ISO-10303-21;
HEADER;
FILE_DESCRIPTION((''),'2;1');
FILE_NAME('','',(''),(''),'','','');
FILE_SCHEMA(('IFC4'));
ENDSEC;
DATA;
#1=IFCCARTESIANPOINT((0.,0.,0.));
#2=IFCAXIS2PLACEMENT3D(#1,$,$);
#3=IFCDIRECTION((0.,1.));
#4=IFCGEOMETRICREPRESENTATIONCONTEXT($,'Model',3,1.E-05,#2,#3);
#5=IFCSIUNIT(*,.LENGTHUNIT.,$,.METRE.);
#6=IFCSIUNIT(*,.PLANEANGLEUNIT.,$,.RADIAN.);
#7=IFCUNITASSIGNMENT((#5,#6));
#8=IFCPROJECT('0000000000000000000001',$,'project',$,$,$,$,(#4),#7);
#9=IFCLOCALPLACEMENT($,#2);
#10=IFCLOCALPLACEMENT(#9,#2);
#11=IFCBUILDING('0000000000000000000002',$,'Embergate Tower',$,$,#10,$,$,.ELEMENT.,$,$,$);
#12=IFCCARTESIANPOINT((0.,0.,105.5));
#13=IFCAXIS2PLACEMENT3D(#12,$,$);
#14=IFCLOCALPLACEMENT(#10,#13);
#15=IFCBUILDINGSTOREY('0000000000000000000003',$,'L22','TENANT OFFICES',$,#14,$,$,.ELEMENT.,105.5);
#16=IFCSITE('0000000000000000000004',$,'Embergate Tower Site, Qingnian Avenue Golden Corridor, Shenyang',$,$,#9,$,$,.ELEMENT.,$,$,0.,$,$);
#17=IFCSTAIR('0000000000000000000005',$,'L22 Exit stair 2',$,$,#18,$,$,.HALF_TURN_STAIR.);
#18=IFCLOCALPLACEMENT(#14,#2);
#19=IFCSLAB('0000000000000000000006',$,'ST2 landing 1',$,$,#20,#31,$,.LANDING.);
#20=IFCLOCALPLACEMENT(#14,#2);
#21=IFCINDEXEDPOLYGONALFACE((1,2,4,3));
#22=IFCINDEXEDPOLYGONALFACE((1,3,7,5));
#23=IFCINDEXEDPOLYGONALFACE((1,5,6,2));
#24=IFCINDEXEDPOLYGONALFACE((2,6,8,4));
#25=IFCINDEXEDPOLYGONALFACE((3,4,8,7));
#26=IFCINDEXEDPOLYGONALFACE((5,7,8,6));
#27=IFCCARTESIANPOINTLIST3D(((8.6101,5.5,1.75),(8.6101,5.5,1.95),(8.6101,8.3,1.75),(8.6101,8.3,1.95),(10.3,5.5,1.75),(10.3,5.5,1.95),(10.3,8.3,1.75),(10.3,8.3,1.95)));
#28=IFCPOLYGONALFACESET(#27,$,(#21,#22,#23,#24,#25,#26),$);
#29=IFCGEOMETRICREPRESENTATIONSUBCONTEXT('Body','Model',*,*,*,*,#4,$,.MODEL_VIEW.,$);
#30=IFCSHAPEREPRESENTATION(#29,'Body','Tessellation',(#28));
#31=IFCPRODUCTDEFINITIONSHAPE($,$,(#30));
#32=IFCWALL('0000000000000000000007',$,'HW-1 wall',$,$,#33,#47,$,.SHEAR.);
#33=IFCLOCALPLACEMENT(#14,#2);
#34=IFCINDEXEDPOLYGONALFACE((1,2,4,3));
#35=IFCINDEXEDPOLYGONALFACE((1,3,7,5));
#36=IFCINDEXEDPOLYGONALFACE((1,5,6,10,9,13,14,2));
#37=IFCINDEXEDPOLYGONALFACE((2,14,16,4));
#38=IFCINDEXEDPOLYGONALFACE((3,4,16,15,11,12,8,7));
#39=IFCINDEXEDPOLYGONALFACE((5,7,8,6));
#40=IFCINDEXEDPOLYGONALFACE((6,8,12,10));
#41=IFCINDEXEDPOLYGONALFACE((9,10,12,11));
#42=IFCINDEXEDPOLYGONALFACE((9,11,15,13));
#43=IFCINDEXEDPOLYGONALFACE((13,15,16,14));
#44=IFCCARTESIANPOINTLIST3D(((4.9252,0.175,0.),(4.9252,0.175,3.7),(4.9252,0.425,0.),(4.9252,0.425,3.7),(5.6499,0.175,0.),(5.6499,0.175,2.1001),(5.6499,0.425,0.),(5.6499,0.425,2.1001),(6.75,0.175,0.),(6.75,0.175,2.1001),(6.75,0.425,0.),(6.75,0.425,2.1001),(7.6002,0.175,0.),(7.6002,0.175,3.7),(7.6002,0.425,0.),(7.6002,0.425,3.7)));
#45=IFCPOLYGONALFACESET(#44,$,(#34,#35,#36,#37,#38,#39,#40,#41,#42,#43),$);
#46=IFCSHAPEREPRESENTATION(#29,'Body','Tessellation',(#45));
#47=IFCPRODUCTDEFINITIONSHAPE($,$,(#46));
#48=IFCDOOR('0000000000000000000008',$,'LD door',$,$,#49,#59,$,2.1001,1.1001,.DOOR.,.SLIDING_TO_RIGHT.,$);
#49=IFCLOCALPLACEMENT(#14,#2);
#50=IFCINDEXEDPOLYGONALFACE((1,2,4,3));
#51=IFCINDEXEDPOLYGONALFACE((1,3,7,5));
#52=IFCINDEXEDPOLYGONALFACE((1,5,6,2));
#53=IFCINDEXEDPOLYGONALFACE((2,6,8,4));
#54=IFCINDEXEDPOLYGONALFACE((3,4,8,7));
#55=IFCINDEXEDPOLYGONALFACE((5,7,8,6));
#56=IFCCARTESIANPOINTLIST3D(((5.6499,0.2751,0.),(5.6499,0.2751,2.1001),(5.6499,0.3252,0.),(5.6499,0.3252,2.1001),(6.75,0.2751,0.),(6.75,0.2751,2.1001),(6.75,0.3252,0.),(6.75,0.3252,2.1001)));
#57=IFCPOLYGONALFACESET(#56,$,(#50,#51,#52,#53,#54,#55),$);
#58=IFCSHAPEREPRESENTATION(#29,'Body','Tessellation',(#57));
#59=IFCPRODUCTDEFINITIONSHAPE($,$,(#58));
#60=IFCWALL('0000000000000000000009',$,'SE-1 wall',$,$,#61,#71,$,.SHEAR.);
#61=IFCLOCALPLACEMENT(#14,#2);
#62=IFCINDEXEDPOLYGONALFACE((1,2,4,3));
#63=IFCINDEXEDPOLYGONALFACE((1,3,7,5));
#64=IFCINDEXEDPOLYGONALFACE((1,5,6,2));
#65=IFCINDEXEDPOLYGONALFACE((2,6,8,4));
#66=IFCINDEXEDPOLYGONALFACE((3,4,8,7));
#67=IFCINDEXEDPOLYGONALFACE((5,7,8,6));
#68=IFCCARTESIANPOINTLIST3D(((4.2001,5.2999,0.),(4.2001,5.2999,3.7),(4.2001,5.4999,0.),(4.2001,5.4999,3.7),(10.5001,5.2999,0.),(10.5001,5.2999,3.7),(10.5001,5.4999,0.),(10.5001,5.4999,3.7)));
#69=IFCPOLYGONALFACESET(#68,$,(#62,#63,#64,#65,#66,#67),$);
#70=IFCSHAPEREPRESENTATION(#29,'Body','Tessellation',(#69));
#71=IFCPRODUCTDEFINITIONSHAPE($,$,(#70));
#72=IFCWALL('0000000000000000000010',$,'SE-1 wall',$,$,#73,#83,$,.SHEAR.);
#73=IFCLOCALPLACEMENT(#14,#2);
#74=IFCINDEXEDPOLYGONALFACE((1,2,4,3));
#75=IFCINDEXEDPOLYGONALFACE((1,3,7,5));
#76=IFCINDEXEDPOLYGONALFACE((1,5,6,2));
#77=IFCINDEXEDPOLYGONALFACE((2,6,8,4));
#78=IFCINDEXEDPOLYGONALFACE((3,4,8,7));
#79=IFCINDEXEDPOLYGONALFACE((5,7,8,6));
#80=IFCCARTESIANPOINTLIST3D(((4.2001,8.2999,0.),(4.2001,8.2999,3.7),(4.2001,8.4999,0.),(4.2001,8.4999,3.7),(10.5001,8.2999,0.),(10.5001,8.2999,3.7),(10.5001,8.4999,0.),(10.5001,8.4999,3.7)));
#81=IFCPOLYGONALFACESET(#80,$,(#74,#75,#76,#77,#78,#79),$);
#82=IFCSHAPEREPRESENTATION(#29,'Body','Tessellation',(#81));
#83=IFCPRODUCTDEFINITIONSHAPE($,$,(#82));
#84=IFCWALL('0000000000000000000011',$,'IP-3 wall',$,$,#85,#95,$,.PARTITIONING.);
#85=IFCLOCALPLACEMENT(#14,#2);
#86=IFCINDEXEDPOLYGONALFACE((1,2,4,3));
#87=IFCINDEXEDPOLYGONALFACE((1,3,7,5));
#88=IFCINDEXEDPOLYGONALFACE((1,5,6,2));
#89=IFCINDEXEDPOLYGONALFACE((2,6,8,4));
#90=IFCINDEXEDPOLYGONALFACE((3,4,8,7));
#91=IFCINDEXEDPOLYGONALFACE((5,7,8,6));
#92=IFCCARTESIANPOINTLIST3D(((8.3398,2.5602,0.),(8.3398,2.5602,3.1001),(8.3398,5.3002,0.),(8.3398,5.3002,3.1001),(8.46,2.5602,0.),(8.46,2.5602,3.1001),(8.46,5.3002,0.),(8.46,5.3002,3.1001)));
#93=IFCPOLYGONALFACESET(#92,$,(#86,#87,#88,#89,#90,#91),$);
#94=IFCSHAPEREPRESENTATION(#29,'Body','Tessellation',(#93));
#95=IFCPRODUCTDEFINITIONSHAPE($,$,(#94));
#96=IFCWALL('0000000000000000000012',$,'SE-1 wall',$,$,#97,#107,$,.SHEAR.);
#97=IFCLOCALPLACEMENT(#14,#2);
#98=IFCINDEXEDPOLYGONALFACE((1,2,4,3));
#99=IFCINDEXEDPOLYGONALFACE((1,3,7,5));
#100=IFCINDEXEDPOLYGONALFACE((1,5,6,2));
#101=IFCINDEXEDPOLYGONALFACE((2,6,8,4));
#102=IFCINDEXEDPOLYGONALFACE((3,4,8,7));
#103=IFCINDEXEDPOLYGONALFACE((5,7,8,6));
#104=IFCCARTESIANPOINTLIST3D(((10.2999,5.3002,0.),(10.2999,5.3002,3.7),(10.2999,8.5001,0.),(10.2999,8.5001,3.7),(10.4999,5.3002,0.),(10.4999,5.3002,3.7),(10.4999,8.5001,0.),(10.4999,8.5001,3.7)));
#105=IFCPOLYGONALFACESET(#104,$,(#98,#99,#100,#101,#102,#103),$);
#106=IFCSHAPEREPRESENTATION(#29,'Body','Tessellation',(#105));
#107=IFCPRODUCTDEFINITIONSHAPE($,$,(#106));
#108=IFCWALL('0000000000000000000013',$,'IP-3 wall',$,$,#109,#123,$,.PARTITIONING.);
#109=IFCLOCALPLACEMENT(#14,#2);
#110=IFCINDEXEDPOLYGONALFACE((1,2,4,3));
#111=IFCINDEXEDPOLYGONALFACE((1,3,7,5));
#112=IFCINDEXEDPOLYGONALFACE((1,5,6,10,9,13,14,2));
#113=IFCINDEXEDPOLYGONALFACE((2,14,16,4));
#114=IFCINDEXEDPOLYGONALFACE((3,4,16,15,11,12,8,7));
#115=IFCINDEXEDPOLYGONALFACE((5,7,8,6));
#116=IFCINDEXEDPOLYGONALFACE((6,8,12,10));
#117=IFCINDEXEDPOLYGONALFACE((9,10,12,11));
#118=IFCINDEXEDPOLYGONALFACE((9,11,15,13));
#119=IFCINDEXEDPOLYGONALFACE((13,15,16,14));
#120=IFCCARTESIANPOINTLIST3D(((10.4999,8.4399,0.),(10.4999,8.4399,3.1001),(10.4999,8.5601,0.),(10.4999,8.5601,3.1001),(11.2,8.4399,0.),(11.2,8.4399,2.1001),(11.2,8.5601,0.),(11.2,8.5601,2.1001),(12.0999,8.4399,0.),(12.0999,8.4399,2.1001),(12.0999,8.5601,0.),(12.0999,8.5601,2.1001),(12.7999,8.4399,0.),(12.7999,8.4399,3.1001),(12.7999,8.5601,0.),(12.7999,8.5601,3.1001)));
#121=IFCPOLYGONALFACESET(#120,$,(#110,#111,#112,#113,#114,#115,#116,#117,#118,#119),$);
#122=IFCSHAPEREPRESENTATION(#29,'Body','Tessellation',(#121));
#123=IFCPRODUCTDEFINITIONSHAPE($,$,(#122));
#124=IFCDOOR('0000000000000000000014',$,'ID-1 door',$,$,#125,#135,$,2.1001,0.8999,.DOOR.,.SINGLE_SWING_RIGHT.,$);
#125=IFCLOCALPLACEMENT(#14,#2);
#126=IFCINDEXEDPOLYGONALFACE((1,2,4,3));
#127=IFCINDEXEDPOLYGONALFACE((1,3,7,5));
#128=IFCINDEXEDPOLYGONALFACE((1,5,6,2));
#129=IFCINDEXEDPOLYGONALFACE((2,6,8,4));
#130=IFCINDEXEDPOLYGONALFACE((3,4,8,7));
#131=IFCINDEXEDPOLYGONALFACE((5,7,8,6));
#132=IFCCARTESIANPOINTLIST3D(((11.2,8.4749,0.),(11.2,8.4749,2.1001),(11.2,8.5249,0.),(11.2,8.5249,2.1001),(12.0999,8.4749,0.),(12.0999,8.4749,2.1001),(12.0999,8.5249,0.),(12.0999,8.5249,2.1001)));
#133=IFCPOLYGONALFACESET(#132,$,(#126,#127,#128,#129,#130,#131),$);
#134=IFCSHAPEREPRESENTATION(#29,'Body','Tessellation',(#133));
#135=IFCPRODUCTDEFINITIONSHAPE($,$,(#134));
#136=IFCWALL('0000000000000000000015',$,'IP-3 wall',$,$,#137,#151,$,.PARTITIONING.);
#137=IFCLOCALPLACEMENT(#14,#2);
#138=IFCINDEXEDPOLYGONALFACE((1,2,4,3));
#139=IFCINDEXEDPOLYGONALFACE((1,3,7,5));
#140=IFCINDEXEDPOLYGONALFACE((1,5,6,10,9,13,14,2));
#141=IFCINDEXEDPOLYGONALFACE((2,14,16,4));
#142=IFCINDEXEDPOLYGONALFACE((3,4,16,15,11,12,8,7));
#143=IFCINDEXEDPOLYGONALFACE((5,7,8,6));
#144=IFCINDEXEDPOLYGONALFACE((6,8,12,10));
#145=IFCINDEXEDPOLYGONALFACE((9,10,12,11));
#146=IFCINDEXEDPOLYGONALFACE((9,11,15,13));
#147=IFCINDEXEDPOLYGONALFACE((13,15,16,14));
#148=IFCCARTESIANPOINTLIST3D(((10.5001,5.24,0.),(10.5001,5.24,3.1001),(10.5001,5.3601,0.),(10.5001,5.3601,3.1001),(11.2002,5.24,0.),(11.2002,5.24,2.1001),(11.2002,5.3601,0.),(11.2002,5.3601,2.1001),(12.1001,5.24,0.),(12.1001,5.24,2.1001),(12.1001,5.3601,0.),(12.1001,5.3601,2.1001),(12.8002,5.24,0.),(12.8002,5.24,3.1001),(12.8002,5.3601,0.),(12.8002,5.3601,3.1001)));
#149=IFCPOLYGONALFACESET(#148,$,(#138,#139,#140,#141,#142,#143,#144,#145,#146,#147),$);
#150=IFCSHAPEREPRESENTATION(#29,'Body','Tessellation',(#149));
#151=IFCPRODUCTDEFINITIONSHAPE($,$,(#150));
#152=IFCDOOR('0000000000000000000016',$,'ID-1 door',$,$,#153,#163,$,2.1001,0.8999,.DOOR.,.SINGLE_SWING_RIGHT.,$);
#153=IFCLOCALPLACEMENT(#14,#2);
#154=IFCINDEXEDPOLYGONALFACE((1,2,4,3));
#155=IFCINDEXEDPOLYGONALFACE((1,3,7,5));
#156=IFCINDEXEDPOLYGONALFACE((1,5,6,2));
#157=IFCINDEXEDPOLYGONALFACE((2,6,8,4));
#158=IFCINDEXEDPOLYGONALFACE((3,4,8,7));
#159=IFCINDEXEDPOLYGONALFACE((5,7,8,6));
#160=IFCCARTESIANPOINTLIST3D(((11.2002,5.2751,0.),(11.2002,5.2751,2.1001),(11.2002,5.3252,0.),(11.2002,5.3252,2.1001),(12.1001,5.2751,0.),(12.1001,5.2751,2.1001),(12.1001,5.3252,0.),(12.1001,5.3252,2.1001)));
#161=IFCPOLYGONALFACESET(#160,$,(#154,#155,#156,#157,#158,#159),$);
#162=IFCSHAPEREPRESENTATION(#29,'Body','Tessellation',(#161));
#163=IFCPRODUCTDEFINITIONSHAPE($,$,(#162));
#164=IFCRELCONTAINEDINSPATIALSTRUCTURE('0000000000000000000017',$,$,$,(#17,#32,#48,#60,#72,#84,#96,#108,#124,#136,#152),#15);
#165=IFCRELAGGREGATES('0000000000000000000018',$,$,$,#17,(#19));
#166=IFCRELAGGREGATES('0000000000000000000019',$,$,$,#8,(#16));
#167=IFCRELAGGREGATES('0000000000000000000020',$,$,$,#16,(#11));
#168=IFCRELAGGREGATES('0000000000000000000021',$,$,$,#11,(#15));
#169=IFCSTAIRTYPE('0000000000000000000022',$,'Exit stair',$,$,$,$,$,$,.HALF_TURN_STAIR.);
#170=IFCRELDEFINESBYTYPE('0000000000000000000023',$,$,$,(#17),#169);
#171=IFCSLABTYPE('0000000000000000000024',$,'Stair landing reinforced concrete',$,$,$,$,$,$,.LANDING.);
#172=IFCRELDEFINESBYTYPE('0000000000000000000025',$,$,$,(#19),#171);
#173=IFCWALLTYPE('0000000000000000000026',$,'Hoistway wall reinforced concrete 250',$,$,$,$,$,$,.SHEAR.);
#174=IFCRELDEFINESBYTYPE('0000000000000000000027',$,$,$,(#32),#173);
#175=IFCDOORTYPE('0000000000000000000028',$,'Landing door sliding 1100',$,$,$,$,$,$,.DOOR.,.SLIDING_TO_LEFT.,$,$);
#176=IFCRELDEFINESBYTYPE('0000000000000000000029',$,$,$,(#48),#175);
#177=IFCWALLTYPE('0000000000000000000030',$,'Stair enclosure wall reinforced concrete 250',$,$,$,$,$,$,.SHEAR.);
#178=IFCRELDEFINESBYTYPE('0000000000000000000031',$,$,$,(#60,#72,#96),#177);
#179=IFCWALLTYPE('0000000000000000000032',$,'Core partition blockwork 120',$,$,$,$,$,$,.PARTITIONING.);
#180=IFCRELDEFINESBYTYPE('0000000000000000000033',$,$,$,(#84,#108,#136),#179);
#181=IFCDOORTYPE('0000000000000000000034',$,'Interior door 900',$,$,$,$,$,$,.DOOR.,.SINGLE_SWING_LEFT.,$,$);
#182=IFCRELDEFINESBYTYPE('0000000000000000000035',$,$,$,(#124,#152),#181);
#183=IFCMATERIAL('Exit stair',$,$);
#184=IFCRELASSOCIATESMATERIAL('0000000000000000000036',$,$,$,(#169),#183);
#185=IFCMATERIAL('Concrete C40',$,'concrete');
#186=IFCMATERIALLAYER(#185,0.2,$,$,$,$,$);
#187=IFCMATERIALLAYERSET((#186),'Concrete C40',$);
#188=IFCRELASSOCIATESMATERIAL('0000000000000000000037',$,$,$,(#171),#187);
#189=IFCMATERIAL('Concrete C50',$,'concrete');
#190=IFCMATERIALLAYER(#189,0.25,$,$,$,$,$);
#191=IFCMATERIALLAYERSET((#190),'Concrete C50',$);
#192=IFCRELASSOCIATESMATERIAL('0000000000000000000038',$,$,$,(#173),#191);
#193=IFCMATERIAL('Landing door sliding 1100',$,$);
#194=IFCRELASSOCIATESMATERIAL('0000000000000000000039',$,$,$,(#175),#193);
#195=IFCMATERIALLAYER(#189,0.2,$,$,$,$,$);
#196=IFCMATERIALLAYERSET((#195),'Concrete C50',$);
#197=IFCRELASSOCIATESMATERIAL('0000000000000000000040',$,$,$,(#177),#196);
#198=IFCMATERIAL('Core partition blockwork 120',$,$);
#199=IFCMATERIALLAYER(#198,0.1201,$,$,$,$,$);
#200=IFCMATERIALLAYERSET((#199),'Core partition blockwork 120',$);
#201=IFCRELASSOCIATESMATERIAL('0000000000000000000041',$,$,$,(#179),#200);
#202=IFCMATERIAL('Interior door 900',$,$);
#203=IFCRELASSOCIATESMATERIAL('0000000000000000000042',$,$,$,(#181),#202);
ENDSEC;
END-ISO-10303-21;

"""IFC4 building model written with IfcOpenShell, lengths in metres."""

from ifc_helpers import new_model, si_unit, direction, frame, frame_2d, origin, place, context, subcontext, project, spatial, polyline, rectangle, outline, extrude, source, transform, mapped, material, layer, layer_set, type_object, element, fill, aggregate, save


model = new_model("IFC4")

# Units and contexts
model_context = context("Model", 3, precision=1e-05, world=origin(), true_north=direction((0.0, 1.0)))
body_context = subcontext(model_context, "Body", "Model", "MODEL_VIEW")
ifc_project = project(units=[si_unit("LENGTHUNIT", "METRE"), si_unit("PLANEANGLEUNIT", "RADIAN")], contexts=[model_context])

# Site, building, storey
site_placement = place(None, origin())
site = spatial("IfcSite", under=ifc_project, at=site_placement, Name="Embergate Tower Site, Qingnian Avenue Golden Corridor, Shenyang", CompositionType="ELEMENT", RefElevation=0.0)
building_placement = place(site_placement, origin())
building = spatial("IfcBuilding", under=site, at=building_placement, Name="Embergate Tower", CompositionType="ELEMENT")
storey_placement = place(building_placement, frame((0.0, 0.0, 105.5)))
storey = spatial("IfcBuildingStorey", under=building, at=storey_placement, Name="L22", Description="TENANT OFFICES", CompositionType="ELEMENT", Elevation=105.5)

# Stair, slab
ifc_material_1 = material(Name="Exit stair")
stair_type = type_object("IfcStairType", Name="Exit stair", PredefinedType="HALF_TURN_STAIR", material=ifc_material_1)
stair_placement = place(storey_placement, origin())
stair = element("IfcStair", 1, at=stair_placement, inside=storey, type_object=stair_type, Name="L22 Exit stair 2", PredefinedType="HALF_TURN_STAIR")
ifc_material_2 = material(Name="Concrete C40", Category="concrete")
ifc_layer_1 = layer(ifc_material_2, 0.2)
ifc_layer_set_1 = layer_set([ifc_layer_1], Name="Concrete C40")
slab_type = type_object("IfcSlabType", Name="Stair landing reinforced concrete", PredefinedType="LANDING", material=ifc_layer_set_1)
shared_shape_1 = source(origin(), body_context, "Body", "SweptSolid", [
    extrude(outline(polyline([(0.0, 0.0), (1.6899, 0.0), (1.6899, 2.8), (0.0, 2.8), (0.0, 0.0)])), origin(), (0.0, 0.0, 1.0), 0.2),
])
slab_placement = place(storey_placement, frame((8.6101, 5.5, 1.75)))
slab = element("IfcSlab", 2, at=slab_placement, type_object=slab_type, Name="ST2 landing 1", PredefinedType="LANDING", context=body_context, shape_type="MappedRepresentation", body=[
    mapped(shared_shape_1, transform((0.0, 0.0, 0.0))),
])

# Wall, opening, door
ifc_material_3 = material(Name="Concrete C50", Category="concrete")
ifc_layer_2 = layer(ifc_material_3, 0.25)
ifc_layer_set_2 = layer_set([ifc_layer_2], Name="Concrete C50")
wall_type_1 = type_object("IfcWallType", Name="Hoistway wall reinforced concrete 250", PredefinedType="SHEAR", material=ifc_layer_set_2)
shared_shape_2 = source(origin(), body_context, "Body", "SweptSolid", [
    extrude(rectangle(XDim=2.675, YDim=0.25, at=frame_2d((1.3374, 0.0))), origin(), (0.0, 0.0, 1.0), 3.7),
])
wall_1_placement = place(storey_placement, frame((7.6001, 0.3, 0.0), z_axis=(0.0, 0.0, 1.0), x_axis=(-1.0, 0.0, 0.0)))
wall_1 = element("IfcWall", 3, at=wall_1_placement, inside=storey, type_object=wall_type_1, Name="HW-1 wall", PredefinedType="SHEAR", context=body_context, shape_type="MappedRepresentation", body=[
    mapped(shared_shape_2, transform((0.0, 0.0, 0.0))),
])
shared_shape_3 = source(origin(), body_context, "Body", "SweptSolid", [
    extrude(rectangle(XDim=1.1001, YDim=2.1001, at=frame_2d((0.55, 1.05))), frame((0.0, 0.135, 0.0), z_axis=(0.0, -1.0, 0.0), x_axis=(1.0, 0.0, 0.0)), (0.0, 0.0, 1.0), 0.27),
])
opening_1_placement = place(wall_1_placement, frame((0.8501, 0.0, 0.0)))
opening_1 = element("IfcOpeningElement", 4, at=opening_1_placement, cuts=wall_1, PredefinedType="OPENING", context=body_context, shape_type="MappedRepresentation", body=[
    mapped(shared_shape_3, transform((0.0, 0.0, 0.0))),
])
ifc_material_4 = material(Name="Landing door sliding 1100")
door_type_1 = type_object("IfcDoorType", Name="Landing door sliding 1100", OperationType="SLIDING_TO_LEFT", PredefinedType="DOOR", material=ifc_material_4)
shared_shape_4 = source(origin(), body_context, "Body", "SweptSolid", [
    extrude(rectangle(XDim=1.1001, YDim=2.1001, at=frame_2d((0.55, 1.05))), frame((0.0, 0.0249, 0.0), z_axis=(0.0, -1.0, 0.0), x_axis=(1.0, 0.0, 0.0)), (0.0, 0.0, 1.0), 0.05),
])
door_1_placement = place(opening_1_placement, origin())
door_1 = element("IfcDoor", 5, at=door_1_placement, inside=storey, type_object=door_type_1, Name="LD door", OperationType="SLIDING_TO_RIGHT", OverallHeight=2.1001, OverallWidth=1.1001, PredefinedType="DOOR", context=body_context, shape_type="MappedRepresentation", body=[
    mapped(shared_shape_4, transform((0.0, 0.0, 0.0))),
])
fill(opening_1, door_1)

# Walls
ifc_layer_3 = layer(ifc_material_3, 0.2)
ifc_layer_set_3 = layer_set([ifc_layer_3], Name="Concrete C50")
wall_type_2 = type_object("IfcWallType", Name="Stair enclosure wall reinforced concrete 250", PredefinedType="SHEAR", material=ifc_layer_set_3)
shared_shape_5 = source(origin(), body_context, "Body", "SweptSolid", [
    extrude(rectangle(XDim=6.3, YDim=0.2, at=frame_2d((3.1499, 0.0))), origin(), (0.0, 0.0, 1.0), 3.7),
])
for number, where, z_axis, x_axis, name in (
    (6, (10.5, 5.3999, 0.0), (0.0, 0.0, 1.0), (-1.0, 0.0, 0.0), "SE-1 wall"),
    (7, (10.5, 8.3999, 0.0), (0.0, 0.0, 1.0), (-1.0, 0.0, 0.0), "SE-1 wall"),
):
    element("IfcWall", number, at=place(storey_placement, frame(where, z_axis=z_axis, x_axis=x_axis)), inside=storey, type_object=wall_type_2, Name=name, PredefinedType="SHEAR", context=body_context, shape_type="MappedRepresentation", body=[
        mapped(shared_shape_5, transform((0.0, 0.0, 0.0))),
    ])
ifc_material_5 = material(Name="Core partition blockwork 120")
ifc_layer_4 = layer(ifc_material_5, 0.1201)
ifc_layer_set_4 = layer_set([ifc_layer_4], Name="Core partition blockwork 120")
wall_type_3 = type_object("IfcWallType", Name="Core partition blockwork 120", PredefinedType="PARTITIONING", material=ifc_layer_set_4)
shared_shape_6 = source(origin(), body_context, "Body", "SweptSolid", [
    extrude(rectangle(XDim=2.74, YDim=0.1201, at=frame_2d((1.3701, 0.0))), origin(), (0.0, 0.0, 1.0), 3.1001),
])
wall_2_placement = place(storey_placement, frame((8.3999, 2.5601, 0.0), z_axis=(0.0, 0.0, 1.0), x_axis=(0.0, 1.0, 0.0)))
element("IfcWall", 8, at=wall_2_placement, inside=storey, type_object=wall_type_3, Name="IP-3 wall", PredefinedType="PARTITIONING", context=body_context, shape_type="MappedRepresentation", body=[
    mapped(shared_shape_6, transform((0.0, 0.0, 0.0))),
])
shared_shape_7 = source(origin(), body_context, "Body", "SweptSolid", [
    extrude(rectangle(XDim=3.2, YDim=0.2, at=frame_2d((1.6001, 0.0))), origin(), (0.0, 0.0, 1.0), 3.7),
])
wall_3_placement = place(storey_placement, frame((10.3999, 5.3, 0.0), z_axis=(0.0, 0.0, 1.0), x_axis=(0.0, 1.0, 0.0)))
element("IfcWall", 9, at=wall_3_placement, inside=storey, type_object=wall_type_2, Name="SE-1 wall", PredefinedType="SHEAR", context=body_context, shape_type="MappedRepresentation", body=[
    mapped(shared_shape_7, transform((0.0, 0.0, 0.0))),
])

# Walls, openings, doors
shared_shape_8 = source(origin(), body_context, "Body", "SweptSolid", [
    extrude(rectangle(XDim=2.3, YDim=0.1201, at=frame_2d((1.1499, 0.0))), origin(), (0.0, 0.0, 1.0), 3.1001),
])
wall_4_placement = place(storey_placement, frame((10.5, 8.5, 0.0), z_axis=(0.0, 0.0, 1.0), x_axis=(1.0, 0.0, 0.0)))
wall_4 = element("IfcWall", 10, at=wall_4_placement, inside=storey, type_object=wall_type_3, Name="IP-3 wall", PredefinedType="PARTITIONING", context=body_context, shape_type="MappedRepresentation", body=[
    mapped(shared_shape_8, transform((0.0, 0.0, 0.0))),
])
shared_shape_9 = source(origin(), body_context, "Body", "SweptSolid", [
    extrude(rectangle(XDim=0.8999, YDim=2.1001, at=frame_2d((0.45, 1.05))), frame((0.0, 0.0701, 0.0), z_axis=(0.0, -1.0, 0.0), x_axis=(1.0, 0.0, 0.0)), (0.0, 0.0, 1.0), 0.1401),
])
opening_2_placement = place(wall_4_placement, frame((0.7, 0.0, 0.0)))
opening_2 = element("IfcOpeningElement", 11, at=opening_2_placement, cuts=wall_4, PredefinedType="OPENING", context=body_context, shape_type="MappedRepresentation", body=[
    mapped(shared_shape_9, transform((0.0, 0.0, 0.0))),
])
ifc_material_6 = material(Name="Interior door 900")
door_type_2 = type_object("IfcDoorType", Name="Interior door 900", OperationType="SINGLE_SWING_LEFT", PredefinedType="DOOR", material=ifc_material_6)
shared_shape_10 = source(origin(), body_context, "Body", "SweptSolid", [
    extrude(rectangle(XDim=0.8999, YDim=2.1001, at=frame_2d((0.45, 1.05))), frame((0.0, 0.0249, 0.0), z_axis=(0.0, -1.0, 0.0), x_axis=(1.0, 0.0, 0.0)), (0.0, 0.0, 1.0), 0.05),
])
door_2_placement = place(opening_2_placement, origin())
door_2 = element("IfcDoor", 12, at=door_2_placement, inside=storey, type_object=door_type_2, Name="ID-1 door", OperationType="SINGLE_SWING_RIGHT", OverallHeight=2.1001, OverallWidth=0.8999, PredefinedType="DOOR", context=body_context, shape_type="MappedRepresentation", body=[
    mapped(shared_shape_10, transform((0.0, 0.0, 0.0))),
])
fill(opening_2, door_2)
wall_5_placement = place(storey_placement, frame((12.8, 5.3, 0.0), z_axis=(0.0, 0.0, 1.0), x_axis=(-1.0, 0.0, 0.0)))
wall_5 = element("IfcWall", 13, at=wall_5_placement, inside=storey, type_object=wall_type_3, Name="IP-3 wall", PredefinedType="PARTITIONING", context=body_context, shape_type="MappedRepresentation", body=[
    mapped(shared_shape_8, transform((0.0, 0.0, 0.0))),
])
opening_3_placement = place(wall_5_placement, frame((0.7, 0.0, 0.0)))
opening_3 = element("IfcOpeningElement", 14, at=opening_3_placement, cuts=wall_5, PredefinedType="OPENING", context=body_context, shape_type="MappedRepresentation", body=[
    mapped(shared_shape_9, transform((0.0, 0.0, 0.0))),
])
door_3_placement = place(opening_3_placement, origin())
door_3 = element("IfcDoor", 15, at=door_3_placement, inside=storey, type_object=door_type_2, Name="ID-1 door", OperationType="SINGLE_SWING_RIGHT", OverallHeight=2.1001, OverallWidth=0.8999, PredefinedType="DOOR", context=body_context, shape_type="MappedRepresentation", body=[
    mapped(shared_shape_10, transform((0.0, 0.0, 0.0))),
])
fill(opening_3, door_3)

aggregate(stair, [slab])

save(model, "model.ifc")
